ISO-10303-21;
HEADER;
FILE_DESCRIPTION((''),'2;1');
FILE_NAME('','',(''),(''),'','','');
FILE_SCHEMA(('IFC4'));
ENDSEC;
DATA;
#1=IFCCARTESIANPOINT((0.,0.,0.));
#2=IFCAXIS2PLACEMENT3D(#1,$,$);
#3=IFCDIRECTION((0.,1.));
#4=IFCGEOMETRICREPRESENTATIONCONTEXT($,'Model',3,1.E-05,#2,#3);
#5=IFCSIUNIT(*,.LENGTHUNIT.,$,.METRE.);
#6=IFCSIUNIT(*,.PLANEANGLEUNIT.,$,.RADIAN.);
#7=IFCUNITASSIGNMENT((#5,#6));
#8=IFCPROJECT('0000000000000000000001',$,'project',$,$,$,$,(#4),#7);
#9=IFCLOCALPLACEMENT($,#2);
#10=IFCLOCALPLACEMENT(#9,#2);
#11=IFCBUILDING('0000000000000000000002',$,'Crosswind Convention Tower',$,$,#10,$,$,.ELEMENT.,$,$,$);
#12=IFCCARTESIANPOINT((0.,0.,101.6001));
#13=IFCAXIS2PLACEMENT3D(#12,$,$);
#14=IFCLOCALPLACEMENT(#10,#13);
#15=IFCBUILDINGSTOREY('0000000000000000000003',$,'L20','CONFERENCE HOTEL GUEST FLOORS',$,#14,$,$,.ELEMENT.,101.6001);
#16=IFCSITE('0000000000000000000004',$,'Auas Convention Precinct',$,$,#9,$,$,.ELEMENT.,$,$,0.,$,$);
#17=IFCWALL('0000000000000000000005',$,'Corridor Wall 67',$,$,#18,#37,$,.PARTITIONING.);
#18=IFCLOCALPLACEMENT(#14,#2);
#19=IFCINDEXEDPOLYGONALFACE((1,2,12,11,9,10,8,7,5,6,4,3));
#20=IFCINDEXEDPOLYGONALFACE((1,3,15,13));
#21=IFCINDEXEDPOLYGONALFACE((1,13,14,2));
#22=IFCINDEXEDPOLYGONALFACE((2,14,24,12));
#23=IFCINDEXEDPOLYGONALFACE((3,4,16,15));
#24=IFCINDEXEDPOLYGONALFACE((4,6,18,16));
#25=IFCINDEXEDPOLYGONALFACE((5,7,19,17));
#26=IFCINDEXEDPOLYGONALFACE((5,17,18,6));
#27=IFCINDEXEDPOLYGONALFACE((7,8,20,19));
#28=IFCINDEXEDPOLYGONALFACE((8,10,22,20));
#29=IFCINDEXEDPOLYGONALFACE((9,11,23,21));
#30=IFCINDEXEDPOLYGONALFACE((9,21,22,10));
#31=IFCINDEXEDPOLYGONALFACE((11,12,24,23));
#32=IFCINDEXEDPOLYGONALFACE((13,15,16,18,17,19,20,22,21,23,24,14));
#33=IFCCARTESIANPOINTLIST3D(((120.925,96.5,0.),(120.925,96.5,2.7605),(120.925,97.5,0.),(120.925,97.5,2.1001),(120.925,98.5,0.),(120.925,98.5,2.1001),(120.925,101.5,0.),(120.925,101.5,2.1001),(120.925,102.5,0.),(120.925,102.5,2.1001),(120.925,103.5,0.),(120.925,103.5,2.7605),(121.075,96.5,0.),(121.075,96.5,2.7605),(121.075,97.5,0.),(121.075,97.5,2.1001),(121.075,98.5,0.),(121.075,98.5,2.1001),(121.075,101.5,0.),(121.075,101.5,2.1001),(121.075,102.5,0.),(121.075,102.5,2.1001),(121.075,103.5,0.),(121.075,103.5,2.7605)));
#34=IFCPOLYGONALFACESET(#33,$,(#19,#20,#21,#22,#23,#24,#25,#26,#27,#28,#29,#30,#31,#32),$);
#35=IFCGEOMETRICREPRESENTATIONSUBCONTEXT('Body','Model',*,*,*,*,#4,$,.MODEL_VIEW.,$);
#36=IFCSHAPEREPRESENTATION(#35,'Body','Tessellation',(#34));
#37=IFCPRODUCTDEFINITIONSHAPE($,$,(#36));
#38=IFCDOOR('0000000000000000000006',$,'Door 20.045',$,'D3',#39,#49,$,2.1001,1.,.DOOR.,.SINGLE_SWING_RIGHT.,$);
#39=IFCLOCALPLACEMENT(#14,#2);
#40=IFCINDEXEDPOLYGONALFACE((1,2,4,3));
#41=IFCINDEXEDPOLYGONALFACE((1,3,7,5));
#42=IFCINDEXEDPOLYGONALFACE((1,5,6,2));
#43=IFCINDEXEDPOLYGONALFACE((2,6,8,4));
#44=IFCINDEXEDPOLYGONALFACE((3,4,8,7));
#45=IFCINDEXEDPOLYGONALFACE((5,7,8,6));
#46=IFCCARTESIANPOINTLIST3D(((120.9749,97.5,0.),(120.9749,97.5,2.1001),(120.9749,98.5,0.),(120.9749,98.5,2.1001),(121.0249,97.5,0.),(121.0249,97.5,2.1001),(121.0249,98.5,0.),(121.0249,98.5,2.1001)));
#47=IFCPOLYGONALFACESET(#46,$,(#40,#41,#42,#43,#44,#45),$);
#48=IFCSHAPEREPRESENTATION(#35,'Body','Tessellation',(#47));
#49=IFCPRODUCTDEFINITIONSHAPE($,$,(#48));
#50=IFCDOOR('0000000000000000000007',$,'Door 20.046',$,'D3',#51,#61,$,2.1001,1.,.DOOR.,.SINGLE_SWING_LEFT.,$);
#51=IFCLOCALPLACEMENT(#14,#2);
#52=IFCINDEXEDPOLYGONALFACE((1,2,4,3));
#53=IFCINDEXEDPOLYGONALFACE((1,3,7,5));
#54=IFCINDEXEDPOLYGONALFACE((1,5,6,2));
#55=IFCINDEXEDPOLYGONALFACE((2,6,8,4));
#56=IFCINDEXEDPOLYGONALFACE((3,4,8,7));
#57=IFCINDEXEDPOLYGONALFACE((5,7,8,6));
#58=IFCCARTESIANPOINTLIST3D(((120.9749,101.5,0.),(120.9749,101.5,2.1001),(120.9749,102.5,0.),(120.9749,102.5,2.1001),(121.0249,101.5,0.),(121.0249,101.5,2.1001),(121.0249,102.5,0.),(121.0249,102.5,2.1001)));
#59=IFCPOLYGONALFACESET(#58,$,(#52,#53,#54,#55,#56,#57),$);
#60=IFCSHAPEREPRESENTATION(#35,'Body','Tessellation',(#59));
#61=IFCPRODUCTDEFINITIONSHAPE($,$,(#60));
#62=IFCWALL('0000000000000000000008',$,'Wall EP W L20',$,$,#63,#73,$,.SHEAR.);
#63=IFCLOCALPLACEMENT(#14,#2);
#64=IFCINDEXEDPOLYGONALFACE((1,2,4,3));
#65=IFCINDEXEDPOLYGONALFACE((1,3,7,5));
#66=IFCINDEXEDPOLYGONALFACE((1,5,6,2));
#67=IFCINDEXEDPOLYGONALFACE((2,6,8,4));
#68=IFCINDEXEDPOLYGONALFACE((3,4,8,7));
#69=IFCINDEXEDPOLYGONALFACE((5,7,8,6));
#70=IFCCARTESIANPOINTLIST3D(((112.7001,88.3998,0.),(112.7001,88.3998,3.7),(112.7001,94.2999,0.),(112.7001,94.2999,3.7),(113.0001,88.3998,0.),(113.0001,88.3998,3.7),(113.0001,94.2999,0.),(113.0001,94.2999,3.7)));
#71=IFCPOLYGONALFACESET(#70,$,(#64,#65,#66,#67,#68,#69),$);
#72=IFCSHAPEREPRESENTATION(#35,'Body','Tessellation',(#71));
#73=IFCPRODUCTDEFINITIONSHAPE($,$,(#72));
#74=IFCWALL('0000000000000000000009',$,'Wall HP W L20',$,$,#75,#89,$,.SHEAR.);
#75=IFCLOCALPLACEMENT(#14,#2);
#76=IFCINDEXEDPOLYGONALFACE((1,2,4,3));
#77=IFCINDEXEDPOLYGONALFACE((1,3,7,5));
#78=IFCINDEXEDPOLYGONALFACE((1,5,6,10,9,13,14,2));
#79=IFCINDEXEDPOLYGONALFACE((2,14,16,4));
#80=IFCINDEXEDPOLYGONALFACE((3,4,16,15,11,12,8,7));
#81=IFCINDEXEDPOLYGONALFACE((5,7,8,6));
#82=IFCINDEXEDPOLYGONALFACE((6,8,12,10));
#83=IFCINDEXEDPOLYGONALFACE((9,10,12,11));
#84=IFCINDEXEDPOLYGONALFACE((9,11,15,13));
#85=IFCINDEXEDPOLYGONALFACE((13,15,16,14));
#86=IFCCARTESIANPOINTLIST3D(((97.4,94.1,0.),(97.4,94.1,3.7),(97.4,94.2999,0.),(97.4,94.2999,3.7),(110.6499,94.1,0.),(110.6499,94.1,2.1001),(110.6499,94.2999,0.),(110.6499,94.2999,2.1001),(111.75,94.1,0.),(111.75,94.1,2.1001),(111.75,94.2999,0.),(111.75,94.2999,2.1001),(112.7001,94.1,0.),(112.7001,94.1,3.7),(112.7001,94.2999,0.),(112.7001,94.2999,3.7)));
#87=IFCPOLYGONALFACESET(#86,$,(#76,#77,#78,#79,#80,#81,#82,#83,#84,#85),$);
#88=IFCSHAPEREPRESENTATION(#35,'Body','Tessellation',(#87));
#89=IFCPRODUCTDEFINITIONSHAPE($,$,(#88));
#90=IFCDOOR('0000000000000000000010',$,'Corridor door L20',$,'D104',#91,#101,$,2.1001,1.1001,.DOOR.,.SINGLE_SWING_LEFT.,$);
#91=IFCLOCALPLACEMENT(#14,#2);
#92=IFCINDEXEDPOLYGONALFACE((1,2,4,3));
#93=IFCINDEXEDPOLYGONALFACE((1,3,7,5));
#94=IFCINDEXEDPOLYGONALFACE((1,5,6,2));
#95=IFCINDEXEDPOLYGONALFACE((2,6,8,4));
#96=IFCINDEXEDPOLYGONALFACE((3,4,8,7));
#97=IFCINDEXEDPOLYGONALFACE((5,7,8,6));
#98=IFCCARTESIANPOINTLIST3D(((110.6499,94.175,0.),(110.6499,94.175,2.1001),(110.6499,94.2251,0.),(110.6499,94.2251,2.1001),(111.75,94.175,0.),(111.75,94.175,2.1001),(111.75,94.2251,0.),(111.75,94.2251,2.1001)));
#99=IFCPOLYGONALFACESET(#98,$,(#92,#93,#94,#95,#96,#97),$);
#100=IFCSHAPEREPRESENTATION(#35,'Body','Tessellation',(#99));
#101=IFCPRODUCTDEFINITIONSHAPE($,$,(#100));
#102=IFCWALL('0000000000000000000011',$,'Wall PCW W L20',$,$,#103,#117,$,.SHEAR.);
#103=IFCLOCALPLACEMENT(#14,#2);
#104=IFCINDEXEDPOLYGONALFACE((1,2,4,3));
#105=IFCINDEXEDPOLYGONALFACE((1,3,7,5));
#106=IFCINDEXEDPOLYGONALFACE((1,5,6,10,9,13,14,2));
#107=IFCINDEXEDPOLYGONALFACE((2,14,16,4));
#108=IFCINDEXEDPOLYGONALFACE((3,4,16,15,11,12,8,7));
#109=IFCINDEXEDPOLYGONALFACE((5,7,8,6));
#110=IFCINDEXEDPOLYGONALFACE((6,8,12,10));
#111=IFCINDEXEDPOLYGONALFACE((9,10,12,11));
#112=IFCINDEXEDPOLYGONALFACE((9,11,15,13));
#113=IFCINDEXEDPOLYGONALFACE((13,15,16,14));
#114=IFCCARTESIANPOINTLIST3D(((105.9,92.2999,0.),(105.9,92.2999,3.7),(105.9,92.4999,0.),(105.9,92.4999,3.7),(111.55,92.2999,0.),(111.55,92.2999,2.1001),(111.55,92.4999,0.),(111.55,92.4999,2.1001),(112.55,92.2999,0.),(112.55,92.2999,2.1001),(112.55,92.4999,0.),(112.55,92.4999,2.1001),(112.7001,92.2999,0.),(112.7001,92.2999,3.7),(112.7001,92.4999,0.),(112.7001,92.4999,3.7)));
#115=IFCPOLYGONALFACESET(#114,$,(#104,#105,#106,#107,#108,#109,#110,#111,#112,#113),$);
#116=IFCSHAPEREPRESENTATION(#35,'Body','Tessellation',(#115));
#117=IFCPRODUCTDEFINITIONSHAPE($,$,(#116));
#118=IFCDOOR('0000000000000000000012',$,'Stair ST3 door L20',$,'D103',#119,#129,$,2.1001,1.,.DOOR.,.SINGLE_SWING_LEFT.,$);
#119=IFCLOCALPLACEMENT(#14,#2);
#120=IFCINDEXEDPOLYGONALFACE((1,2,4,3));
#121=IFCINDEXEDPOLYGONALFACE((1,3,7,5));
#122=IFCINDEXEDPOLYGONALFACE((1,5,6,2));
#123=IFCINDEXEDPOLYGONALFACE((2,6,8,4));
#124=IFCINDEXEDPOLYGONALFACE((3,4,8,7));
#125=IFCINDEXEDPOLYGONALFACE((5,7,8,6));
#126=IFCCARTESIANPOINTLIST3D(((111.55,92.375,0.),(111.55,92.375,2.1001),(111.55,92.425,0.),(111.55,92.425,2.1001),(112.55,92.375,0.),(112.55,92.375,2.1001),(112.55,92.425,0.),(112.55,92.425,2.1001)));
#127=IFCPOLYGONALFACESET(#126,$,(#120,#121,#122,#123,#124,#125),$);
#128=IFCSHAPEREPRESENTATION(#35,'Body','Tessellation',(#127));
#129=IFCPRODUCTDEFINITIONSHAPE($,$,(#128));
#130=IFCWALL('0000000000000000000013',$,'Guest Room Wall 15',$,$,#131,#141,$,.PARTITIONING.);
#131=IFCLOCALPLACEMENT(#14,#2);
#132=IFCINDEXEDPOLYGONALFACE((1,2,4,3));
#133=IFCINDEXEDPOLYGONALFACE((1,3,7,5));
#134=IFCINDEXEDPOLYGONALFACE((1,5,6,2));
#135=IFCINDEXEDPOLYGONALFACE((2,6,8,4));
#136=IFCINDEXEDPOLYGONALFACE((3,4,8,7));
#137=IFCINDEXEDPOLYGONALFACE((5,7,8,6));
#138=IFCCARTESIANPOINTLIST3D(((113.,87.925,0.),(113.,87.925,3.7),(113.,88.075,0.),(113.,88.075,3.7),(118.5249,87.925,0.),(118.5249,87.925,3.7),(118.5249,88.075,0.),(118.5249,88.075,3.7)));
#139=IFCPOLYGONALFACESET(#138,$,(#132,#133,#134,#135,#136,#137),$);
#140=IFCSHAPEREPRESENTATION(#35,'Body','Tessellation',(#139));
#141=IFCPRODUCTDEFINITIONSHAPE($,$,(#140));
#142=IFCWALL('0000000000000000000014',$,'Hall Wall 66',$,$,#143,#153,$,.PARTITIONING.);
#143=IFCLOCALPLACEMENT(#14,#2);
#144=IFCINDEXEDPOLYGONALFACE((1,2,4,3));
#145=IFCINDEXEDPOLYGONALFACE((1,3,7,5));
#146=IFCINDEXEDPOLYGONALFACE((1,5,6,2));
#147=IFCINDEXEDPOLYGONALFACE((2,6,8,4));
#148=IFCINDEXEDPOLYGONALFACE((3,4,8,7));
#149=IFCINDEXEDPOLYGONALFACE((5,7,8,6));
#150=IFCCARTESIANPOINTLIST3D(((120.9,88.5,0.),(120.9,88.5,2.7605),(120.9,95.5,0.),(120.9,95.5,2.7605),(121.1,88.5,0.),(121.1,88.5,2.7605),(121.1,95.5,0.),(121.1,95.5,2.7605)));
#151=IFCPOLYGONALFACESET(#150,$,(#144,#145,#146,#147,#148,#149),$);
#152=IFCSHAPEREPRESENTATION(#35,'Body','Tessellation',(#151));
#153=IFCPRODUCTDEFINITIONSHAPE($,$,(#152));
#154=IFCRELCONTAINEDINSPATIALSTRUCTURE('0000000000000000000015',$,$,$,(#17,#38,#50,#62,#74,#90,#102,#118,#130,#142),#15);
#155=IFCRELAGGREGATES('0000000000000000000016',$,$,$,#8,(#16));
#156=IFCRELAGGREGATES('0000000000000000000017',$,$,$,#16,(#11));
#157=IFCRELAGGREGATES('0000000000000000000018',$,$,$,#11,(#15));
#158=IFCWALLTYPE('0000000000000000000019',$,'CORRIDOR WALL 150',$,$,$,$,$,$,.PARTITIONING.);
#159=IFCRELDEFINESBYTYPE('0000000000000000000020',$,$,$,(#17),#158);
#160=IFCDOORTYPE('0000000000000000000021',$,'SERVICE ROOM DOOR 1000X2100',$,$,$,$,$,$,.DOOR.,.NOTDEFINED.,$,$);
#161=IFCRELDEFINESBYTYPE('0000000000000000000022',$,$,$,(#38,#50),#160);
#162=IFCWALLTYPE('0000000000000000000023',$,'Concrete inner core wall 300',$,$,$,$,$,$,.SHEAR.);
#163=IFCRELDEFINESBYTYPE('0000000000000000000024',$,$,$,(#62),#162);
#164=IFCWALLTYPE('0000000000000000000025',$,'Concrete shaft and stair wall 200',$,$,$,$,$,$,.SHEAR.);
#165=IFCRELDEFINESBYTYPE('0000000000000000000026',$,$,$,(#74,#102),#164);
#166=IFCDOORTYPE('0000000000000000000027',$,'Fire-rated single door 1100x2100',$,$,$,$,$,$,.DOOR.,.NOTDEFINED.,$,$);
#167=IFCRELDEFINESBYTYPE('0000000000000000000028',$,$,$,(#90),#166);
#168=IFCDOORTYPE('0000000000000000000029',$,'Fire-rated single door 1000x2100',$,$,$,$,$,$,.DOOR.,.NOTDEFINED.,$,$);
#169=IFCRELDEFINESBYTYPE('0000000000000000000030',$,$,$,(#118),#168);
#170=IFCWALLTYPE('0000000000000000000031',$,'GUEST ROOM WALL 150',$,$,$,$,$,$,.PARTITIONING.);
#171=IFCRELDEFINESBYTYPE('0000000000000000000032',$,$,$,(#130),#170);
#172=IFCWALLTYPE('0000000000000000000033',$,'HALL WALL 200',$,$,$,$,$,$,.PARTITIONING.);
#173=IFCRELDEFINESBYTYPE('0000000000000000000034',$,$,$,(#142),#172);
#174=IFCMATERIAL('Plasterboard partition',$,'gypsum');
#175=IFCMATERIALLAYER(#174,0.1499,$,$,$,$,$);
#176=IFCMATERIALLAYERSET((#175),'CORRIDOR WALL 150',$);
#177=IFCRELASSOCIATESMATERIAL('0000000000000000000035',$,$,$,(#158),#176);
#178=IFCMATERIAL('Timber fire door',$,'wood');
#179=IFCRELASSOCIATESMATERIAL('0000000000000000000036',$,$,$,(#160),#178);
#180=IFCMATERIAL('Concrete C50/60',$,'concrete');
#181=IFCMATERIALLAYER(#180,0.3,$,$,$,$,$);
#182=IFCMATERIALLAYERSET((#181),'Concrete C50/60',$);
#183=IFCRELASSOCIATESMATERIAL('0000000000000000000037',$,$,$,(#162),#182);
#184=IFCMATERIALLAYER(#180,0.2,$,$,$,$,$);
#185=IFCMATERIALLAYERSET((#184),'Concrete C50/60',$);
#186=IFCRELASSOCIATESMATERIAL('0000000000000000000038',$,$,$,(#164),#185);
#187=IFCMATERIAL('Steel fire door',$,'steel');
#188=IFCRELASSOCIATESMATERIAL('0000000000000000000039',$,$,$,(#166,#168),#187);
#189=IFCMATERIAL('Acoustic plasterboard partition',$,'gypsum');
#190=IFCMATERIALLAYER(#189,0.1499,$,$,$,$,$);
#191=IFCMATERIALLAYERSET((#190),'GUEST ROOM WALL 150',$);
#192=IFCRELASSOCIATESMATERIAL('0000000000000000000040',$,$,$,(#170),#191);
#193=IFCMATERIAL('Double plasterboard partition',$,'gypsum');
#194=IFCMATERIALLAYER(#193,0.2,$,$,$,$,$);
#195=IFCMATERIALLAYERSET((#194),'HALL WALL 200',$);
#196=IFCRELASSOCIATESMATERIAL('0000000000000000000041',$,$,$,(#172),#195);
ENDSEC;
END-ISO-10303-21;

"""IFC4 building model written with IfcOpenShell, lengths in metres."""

from ifc_helpers import new_model, si_unit, direction, frame, frame_2d, origin, place, context, subcontext, project, spatial, rectangle, extrude, material, layer, layer_set, type_object, element, fill, save


model = new_model("IFC4")

# Units and contexts
model_context = context("Model", 3, precision=1e-05, world=origin(), true_north=direction((0.0, 1.0)))
body_context = subcontext(model_context, "Body", "Model", "MODEL_VIEW")
ifc_project = project(units=[si_unit("LENGTHUNIT", "METRE"), si_unit("PLANEANGLEUNIT", "RADIAN")], contexts=[model_context])

# Site, building, storey
site_placement = place(None, origin())
site = spatial("IfcSite", under=ifc_project, at=site_placement, Name="Auas Convention Precinct", CompositionType="ELEMENT", RefElevation=0.0)
building_placement = place(site_placement, origin())
building = spatial("IfcBuilding", under=site, at=building_placement, Name="Crosswind Convention Tower", CompositionType="ELEMENT")
storey_placement = place(building_placement, frame((0.0, 0.0, 101.6001)))
storey = spatial("IfcBuildingStorey", under=building, at=storey_placement, Name="L20", Description="CONFERENCE HOTEL GUEST FLOORS", CompositionType="ELEMENT", Elevation=101.6001)

# Shared definitions
ifc_material_1 = material(Name="Plasterboard partition", Category="gypsum")
ifc_layer_1 = layer(ifc_material_1, 0.1499)
ifc_layer_set_1 = layer_set([ifc_layer_1], Name="CORRIDOR WALL 150")
wall_type_1 = type_object("IfcWallType", Name="CORRIDOR WALL 150", PredefinedType="PARTITIONING", material=ifc_layer_set_1)

# Shared definitions
ifc_material_2 = material(Name="Timber fire door", Category="wood")
door_type_1 = type_object("IfcDoorType", Name="SERVICE ROOM DOOR 1000X2100", OperationType="NOTDEFINED", PredefinedType="DOOR", material=ifc_material_2)

# Wall, openings, doors
wall_1_placement = place(storey_placement, frame((121.0, 96.5, 0.0), z_axis=(0.0, 0.0, 1.0), x_axis=(0.0, 1.0, 0.0)))
wall_1 = element("IfcWall", 1, at=wall_1_placement, inside=storey, type_object=wall_type_1, Name="Corridor Wall 67", PredefinedType="PARTITIONING", context=body_context, shape_type="SweptSolid", body=[
    extrude(rectangle(XDim=7.0, YDim=0.1499, at=frame_2d((3.5, 0.0))), origin(), (0.0, 0.0, 1.0), 2.7605),
])
opening_1_placement = place(wall_1_placement, frame((1.0, 0.0, 0.0)))
opening_1 = element("IfcOpeningElement", 2, at=opening_1_placement, cuts=wall_1, PredefinedType="OPENING", context=body_context, shape_type="SweptSolid", body=[
    extrude(rectangle(XDim=1.0, YDim=2.1001, at=frame_2d((0.5, 1.05))), frame((0.0, 0.085, 0.0), z_axis=(0.0, -1.0, 0.0), x_axis=(1.0, 0.0, 0.0)), (0.0, 0.0, 1.0), 0.1699),
])
opening_2_placement = place(wall_1_placement, frame((5.0, 0.0, 0.0)))
opening_2 = element("IfcOpeningElement", 3, at=opening_2_placement, cuts=wall_1, PredefinedType="OPENING", context=body_context, shape_type="SweptSolid", body=[
    extrude(rectangle(XDim=1.0, YDim=2.1001, at=frame_2d((0.5, 1.05))), frame((0.0, 0.085, 0.0), z_axis=(0.0, -1.0, 0.0), x_axis=(1.0, 0.0, 0.0)), (0.0, 0.0, 1.0), 0.1699),
])
door_1_placement = place(opening_1_placement, frame((1.0, 0.0, 0.0), z_axis=(0.0, 0.0, 1.0), x_axis=(-1.0, 0.0, 0.0)))
door_1 = element("IfcDoor", 4, at=door_1_placement, inside=storey, type_object=door_type_1, Name="Door 20.045", ObjectType="D3", OperationType="SINGLE_SWING_RIGHT", OverallHeight=2.1001, OverallWidth=1.0, PredefinedType="DOOR", context=body_context, shape_type="SweptSolid", body=[
    extrude(rectangle(XDim=1.0, YDim=2.1001, at=frame_2d((0.5, 1.05))), frame((0.0, 0.0249, 0.0), z_axis=(0.0, -1.0, 0.0), x_axis=(1.0, 0.0, 0.0)), (0.0, 0.0, 1.0), 0.05),
])
fill(opening_1, door_1)
door_2_placement = place(opening_2_placement, frame((1.0, 0.0, 0.0), z_axis=(0.0, 0.0, 1.0), x_axis=(-1.0, 0.0, 0.0)))
door_2 = element("IfcDoor", 5, at=door_2_placement, inside=storey, type_object=door_type_1, Name="Door 20.046", ObjectType="D3", OperationType="SINGLE_SWING_LEFT", OverallHeight=2.1001, OverallWidth=1.0, PredefinedType="DOOR", context=body_context, shape_type="SweptSolid", body=[
    extrude(rectangle(XDim=1.0, YDim=2.1001, at=frame_2d((0.5, 1.05))), frame((0.0, 0.0249, 0.0), z_axis=(0.0, -1.0, 0.0), x_axis=(1.0, 0.0, 0.0)), (0.0, 0.0, 1.0), 0.05),
])
fill(opening_2, door_2)

# Wall
ifc_material_3 = material(Name="Concrete C50/60", Category="concrete")
ifc_layer_2 = layer(ifc_material_3, 0.3)
ifc_layer_set_2 = layer_set([ifc_layer_2], Name="Concrete C50/60")
wall_type_2 = type_object("IfcWallType", Name="Concrete inner core wall 300", PredefinedType="SHEAR", material=ifc_layer_set_2)
wall_2_placement = place(storey_placement, frame((112.8501, 94.3, 0.0), z_axis=(0.0, 0.0, 1.0), x_axis=(0.0, -1.0, 0.0)))
element("IfcWall", 6, at=wall_2_placement, inside=storey, type_object=wall_type_2, Name="Wall EP W L20", PredefinedType="SHEAR", context=body_context, shape_type="SweptSolid", body=[
    extrude(rectangle(XDim=5.9001, YDim=0.3, at=frame_2d((2.9502, 0.0))), origin(), (0.0, 0.0, 1.0), 3.7),
])

# Walls, openings, doors
ifc_layer_3 = layer(ifc_material_3, 0.2)
ifc_layer_set_3 = layer_set([ifc_layer_3], Name="Concrete C50/60")
wall_type_3 = type_object("IfcWallType", Name="Concrete shaft and stair wall 200", PredefinedType="SHEAR", material=ifc_layer_set_3)
wall_3_placement = place(storey_placement, frame((112.7, 94.2, 0.0), z_axis=(0.0, 0.0, 1.0), x_axis=(-1.0, 0.0, 0.0)))
wall_3 = element("IfcWall", 7, at=wall_3_placement, inside=storey, type_object=wall_type_3, Name="Wall HP W L20", PredefinedType="SHEAR", context=body_context, shape_type="SweptSolid", body=[
    extrude(rectangle(XDim=15.3, YDim=0.2, at=frame_2d((7.6499, 0.0))), origin(), (0.0, 0.0, 1.0), 3.7),
])
opening_3_placement = place(wall_3_placement, frame((0.95, 0.0, 0.0)))
opening_3 = element("IfcOpeningElement", 8, at=opening_3_placement, cuts=wall_3, PredefinedType="OPENING", context=body_context, shape_type="SweptSolid", body=[
    extrude(rectangle(XDim=1.1001, YDim=2.1001, at=frame_2d((0.55, 1.05))), frame((0.0, 0.1099, 0.0), z_axis=(0.0, -1.0, 0.0), x_axis=(1.0, 0.0, 0.0)), (0.0, 0.0, 1.0), 0.22),
])
ifc_material_4 = material(Name="Steel fire door", Category="steel")
door_type_2 = type_object("IfcDoorType", Name="Fire-rated single door 1100x2100", OperationType="NOTDEFINED", PredefinedType="DOOR", material=ifc_material_4)
door_3_placement = place(opening_3_placement, origin())
door_3 = element("IfcDoor", 9, at=door_3_placement, inside=storey, type_object=door_type_2, Name="Corridor door L20", ObjectType="D104", OperationType="SINGLE_SWING_LEFT", OverallHeight=2.1001, OverallWidth=1.1001, PredefinedType="DOOR", context=body_context, shape_type="SweptSolid", body=[
    extrude(rectangle(XDim=1.1001, YDim=2.1001, at=frame_2d((0.55, 1.05))), frame((0.0, 0.0249, 0.0), z_axis=(0.0, -1.0, 0.0), x_axis=(1.0, 0.0, 0.0)), (0.0, 0.0, 1.0), 0.05),
])
fill(opening_3, door_3)
wall_4_placement = place(storey_placement, frame((112.7, 92.3999, 0.0), z_axis=(0.0, 0.0, 1.0), x_axis=(-1.0, 0.0, 0.0)))
wall_4 = element("IfcWall", 10, at=wall_4_placement, inside=storey, type_object=wall_type_3, Name="Wall PCW W L20", PredefinedType="SHEAR", context=body_context, shape_type="SweptSolid", body=[
    extrude(rectangle(XDim=6.8, YDim=0.2, at=frame_2d((3.3999, 0.0))), origin(), (0.0, 0.0, 1.0), 3.7),
])
opening_4_placement = place(wall_4_placement, frame((0.1499, 0.0, 0.0)))
opening_4 = element("IfcOpeningElement", 11, at=opening_4_placement, cuts=wall_4, PredefinedType="OPENING", context=body_context, shape_type="SweptSolid", body=[
    extrude(rectangle(XDim=1.0, YDim=2.1001, at=frame_2d((0.5, 1.05))), frame((0.0, 0.1099, 0.0), z_axis=(0.0, -1.0, 0.0), x_axis=(1.0, 0.0, 0.0)), (0.0, 0.0, 1.0), 0.22),
])
door_type_3 = type_object("IfcDoorType", Name="Fire-rated single door 1000x2100", OperationType="NOTDEFINED", PredefinedType="DOOR", material=ifc_material_4)
door_4_placement = place(opening_4_placement, origin())
door_4 = element("IfcDoor", 12, at=door_4_placement, inside=storey, type_object=door_type_3, Name="Stair ST3 door L20", ObjectType="D103", OperationType="SINGLE_SWING_LEFT", OverallHeight=2.1001, OverallWidth=1.0, PredefinedType="DOOR", context=body_context, shape_type="SweptSolid", body=[
    extrude(rectangle(XDim=1.0, YDim=2.1001, at=frame_2d((0.5, 1.05))), frame((0.0, 0.0249, 0.0), z_axis=(0.0, -1.0, 0.0), x_axis=(1.0, 0.0, 0.0)), (0.0, 0.0, 1.0), 0.05),
])
fill(opening_4, door_4)

# Walls
ifc_material_5 = material(Name="Acoustic plasterboard partition", Category="gypsum")
ifc_layer_4 = layer(ifc_material_5, 0.1499)
ifc_layer_set_4 = layer_set([ifc_layer_4], Name="GUEST ROOM WALL 150")
wall_type_4 = type_object("IfcWallType", Name="GUEST ROOM WALL 150", PredefinedType="PARTITIONING", material=ifc_layer_set_4)
wall_5_placement = place(storey_placement, frame((113.0, 88.0, 0.0), z_axis=(0.0, 0.0, 1.0), x_axis=(1.0, 0.0, 0.0)))
element("IfcWall", 13, at=wall_5_placement, inside=storey, type_object=wall_type_4, Name="Guest Room Wall 15", PredefinedType="PARTITIONING", context=body_context, shape_type="SweptSolid", body=[
    extrude(rectangle(XDim=5.5249, YDim=0.1499, at=frame_2d((2.7625, 0.0))), origin(), (0.0, 0.0, 1.0), 3.7),
])
ifc_material_6 = material(Name="Double plasterboard partition", Category="gypsum")
ifc_layer_5 = layer(ifc_material_6, 0.2)
ifc_layer_set_5 = layer_set([ifc_layer_5], Name="HALL WALL 200")
wall_type_5 = type_object("IfcWallType", Name="HALL WALL 200", PredefinedType="PARTITIONING", material=ifc_layer_set_5)
wall_6_placement = place(storey_placement, frame((121.0, 88.5, 0.0), z_axis=(0.0, 0.0, 1.0), x_axis=(0.0, 1.0, 0.0)))
element("IfcWall", 14, at=wall_6_placement, inside=storey, type_object=wall_type_5, Name="Hall Wall 66", PredefinedType="PARTITIONING", context=body_context, shape_type="SweptSolid", body=[
    extrude(rectangle(XDim=7.0, YDim=0.2, at=frame_2d((3.5, 0.0))), origin(), (0.0, 0.0, 1.0), 2.7605),
])

save(model, "model.ifc")
